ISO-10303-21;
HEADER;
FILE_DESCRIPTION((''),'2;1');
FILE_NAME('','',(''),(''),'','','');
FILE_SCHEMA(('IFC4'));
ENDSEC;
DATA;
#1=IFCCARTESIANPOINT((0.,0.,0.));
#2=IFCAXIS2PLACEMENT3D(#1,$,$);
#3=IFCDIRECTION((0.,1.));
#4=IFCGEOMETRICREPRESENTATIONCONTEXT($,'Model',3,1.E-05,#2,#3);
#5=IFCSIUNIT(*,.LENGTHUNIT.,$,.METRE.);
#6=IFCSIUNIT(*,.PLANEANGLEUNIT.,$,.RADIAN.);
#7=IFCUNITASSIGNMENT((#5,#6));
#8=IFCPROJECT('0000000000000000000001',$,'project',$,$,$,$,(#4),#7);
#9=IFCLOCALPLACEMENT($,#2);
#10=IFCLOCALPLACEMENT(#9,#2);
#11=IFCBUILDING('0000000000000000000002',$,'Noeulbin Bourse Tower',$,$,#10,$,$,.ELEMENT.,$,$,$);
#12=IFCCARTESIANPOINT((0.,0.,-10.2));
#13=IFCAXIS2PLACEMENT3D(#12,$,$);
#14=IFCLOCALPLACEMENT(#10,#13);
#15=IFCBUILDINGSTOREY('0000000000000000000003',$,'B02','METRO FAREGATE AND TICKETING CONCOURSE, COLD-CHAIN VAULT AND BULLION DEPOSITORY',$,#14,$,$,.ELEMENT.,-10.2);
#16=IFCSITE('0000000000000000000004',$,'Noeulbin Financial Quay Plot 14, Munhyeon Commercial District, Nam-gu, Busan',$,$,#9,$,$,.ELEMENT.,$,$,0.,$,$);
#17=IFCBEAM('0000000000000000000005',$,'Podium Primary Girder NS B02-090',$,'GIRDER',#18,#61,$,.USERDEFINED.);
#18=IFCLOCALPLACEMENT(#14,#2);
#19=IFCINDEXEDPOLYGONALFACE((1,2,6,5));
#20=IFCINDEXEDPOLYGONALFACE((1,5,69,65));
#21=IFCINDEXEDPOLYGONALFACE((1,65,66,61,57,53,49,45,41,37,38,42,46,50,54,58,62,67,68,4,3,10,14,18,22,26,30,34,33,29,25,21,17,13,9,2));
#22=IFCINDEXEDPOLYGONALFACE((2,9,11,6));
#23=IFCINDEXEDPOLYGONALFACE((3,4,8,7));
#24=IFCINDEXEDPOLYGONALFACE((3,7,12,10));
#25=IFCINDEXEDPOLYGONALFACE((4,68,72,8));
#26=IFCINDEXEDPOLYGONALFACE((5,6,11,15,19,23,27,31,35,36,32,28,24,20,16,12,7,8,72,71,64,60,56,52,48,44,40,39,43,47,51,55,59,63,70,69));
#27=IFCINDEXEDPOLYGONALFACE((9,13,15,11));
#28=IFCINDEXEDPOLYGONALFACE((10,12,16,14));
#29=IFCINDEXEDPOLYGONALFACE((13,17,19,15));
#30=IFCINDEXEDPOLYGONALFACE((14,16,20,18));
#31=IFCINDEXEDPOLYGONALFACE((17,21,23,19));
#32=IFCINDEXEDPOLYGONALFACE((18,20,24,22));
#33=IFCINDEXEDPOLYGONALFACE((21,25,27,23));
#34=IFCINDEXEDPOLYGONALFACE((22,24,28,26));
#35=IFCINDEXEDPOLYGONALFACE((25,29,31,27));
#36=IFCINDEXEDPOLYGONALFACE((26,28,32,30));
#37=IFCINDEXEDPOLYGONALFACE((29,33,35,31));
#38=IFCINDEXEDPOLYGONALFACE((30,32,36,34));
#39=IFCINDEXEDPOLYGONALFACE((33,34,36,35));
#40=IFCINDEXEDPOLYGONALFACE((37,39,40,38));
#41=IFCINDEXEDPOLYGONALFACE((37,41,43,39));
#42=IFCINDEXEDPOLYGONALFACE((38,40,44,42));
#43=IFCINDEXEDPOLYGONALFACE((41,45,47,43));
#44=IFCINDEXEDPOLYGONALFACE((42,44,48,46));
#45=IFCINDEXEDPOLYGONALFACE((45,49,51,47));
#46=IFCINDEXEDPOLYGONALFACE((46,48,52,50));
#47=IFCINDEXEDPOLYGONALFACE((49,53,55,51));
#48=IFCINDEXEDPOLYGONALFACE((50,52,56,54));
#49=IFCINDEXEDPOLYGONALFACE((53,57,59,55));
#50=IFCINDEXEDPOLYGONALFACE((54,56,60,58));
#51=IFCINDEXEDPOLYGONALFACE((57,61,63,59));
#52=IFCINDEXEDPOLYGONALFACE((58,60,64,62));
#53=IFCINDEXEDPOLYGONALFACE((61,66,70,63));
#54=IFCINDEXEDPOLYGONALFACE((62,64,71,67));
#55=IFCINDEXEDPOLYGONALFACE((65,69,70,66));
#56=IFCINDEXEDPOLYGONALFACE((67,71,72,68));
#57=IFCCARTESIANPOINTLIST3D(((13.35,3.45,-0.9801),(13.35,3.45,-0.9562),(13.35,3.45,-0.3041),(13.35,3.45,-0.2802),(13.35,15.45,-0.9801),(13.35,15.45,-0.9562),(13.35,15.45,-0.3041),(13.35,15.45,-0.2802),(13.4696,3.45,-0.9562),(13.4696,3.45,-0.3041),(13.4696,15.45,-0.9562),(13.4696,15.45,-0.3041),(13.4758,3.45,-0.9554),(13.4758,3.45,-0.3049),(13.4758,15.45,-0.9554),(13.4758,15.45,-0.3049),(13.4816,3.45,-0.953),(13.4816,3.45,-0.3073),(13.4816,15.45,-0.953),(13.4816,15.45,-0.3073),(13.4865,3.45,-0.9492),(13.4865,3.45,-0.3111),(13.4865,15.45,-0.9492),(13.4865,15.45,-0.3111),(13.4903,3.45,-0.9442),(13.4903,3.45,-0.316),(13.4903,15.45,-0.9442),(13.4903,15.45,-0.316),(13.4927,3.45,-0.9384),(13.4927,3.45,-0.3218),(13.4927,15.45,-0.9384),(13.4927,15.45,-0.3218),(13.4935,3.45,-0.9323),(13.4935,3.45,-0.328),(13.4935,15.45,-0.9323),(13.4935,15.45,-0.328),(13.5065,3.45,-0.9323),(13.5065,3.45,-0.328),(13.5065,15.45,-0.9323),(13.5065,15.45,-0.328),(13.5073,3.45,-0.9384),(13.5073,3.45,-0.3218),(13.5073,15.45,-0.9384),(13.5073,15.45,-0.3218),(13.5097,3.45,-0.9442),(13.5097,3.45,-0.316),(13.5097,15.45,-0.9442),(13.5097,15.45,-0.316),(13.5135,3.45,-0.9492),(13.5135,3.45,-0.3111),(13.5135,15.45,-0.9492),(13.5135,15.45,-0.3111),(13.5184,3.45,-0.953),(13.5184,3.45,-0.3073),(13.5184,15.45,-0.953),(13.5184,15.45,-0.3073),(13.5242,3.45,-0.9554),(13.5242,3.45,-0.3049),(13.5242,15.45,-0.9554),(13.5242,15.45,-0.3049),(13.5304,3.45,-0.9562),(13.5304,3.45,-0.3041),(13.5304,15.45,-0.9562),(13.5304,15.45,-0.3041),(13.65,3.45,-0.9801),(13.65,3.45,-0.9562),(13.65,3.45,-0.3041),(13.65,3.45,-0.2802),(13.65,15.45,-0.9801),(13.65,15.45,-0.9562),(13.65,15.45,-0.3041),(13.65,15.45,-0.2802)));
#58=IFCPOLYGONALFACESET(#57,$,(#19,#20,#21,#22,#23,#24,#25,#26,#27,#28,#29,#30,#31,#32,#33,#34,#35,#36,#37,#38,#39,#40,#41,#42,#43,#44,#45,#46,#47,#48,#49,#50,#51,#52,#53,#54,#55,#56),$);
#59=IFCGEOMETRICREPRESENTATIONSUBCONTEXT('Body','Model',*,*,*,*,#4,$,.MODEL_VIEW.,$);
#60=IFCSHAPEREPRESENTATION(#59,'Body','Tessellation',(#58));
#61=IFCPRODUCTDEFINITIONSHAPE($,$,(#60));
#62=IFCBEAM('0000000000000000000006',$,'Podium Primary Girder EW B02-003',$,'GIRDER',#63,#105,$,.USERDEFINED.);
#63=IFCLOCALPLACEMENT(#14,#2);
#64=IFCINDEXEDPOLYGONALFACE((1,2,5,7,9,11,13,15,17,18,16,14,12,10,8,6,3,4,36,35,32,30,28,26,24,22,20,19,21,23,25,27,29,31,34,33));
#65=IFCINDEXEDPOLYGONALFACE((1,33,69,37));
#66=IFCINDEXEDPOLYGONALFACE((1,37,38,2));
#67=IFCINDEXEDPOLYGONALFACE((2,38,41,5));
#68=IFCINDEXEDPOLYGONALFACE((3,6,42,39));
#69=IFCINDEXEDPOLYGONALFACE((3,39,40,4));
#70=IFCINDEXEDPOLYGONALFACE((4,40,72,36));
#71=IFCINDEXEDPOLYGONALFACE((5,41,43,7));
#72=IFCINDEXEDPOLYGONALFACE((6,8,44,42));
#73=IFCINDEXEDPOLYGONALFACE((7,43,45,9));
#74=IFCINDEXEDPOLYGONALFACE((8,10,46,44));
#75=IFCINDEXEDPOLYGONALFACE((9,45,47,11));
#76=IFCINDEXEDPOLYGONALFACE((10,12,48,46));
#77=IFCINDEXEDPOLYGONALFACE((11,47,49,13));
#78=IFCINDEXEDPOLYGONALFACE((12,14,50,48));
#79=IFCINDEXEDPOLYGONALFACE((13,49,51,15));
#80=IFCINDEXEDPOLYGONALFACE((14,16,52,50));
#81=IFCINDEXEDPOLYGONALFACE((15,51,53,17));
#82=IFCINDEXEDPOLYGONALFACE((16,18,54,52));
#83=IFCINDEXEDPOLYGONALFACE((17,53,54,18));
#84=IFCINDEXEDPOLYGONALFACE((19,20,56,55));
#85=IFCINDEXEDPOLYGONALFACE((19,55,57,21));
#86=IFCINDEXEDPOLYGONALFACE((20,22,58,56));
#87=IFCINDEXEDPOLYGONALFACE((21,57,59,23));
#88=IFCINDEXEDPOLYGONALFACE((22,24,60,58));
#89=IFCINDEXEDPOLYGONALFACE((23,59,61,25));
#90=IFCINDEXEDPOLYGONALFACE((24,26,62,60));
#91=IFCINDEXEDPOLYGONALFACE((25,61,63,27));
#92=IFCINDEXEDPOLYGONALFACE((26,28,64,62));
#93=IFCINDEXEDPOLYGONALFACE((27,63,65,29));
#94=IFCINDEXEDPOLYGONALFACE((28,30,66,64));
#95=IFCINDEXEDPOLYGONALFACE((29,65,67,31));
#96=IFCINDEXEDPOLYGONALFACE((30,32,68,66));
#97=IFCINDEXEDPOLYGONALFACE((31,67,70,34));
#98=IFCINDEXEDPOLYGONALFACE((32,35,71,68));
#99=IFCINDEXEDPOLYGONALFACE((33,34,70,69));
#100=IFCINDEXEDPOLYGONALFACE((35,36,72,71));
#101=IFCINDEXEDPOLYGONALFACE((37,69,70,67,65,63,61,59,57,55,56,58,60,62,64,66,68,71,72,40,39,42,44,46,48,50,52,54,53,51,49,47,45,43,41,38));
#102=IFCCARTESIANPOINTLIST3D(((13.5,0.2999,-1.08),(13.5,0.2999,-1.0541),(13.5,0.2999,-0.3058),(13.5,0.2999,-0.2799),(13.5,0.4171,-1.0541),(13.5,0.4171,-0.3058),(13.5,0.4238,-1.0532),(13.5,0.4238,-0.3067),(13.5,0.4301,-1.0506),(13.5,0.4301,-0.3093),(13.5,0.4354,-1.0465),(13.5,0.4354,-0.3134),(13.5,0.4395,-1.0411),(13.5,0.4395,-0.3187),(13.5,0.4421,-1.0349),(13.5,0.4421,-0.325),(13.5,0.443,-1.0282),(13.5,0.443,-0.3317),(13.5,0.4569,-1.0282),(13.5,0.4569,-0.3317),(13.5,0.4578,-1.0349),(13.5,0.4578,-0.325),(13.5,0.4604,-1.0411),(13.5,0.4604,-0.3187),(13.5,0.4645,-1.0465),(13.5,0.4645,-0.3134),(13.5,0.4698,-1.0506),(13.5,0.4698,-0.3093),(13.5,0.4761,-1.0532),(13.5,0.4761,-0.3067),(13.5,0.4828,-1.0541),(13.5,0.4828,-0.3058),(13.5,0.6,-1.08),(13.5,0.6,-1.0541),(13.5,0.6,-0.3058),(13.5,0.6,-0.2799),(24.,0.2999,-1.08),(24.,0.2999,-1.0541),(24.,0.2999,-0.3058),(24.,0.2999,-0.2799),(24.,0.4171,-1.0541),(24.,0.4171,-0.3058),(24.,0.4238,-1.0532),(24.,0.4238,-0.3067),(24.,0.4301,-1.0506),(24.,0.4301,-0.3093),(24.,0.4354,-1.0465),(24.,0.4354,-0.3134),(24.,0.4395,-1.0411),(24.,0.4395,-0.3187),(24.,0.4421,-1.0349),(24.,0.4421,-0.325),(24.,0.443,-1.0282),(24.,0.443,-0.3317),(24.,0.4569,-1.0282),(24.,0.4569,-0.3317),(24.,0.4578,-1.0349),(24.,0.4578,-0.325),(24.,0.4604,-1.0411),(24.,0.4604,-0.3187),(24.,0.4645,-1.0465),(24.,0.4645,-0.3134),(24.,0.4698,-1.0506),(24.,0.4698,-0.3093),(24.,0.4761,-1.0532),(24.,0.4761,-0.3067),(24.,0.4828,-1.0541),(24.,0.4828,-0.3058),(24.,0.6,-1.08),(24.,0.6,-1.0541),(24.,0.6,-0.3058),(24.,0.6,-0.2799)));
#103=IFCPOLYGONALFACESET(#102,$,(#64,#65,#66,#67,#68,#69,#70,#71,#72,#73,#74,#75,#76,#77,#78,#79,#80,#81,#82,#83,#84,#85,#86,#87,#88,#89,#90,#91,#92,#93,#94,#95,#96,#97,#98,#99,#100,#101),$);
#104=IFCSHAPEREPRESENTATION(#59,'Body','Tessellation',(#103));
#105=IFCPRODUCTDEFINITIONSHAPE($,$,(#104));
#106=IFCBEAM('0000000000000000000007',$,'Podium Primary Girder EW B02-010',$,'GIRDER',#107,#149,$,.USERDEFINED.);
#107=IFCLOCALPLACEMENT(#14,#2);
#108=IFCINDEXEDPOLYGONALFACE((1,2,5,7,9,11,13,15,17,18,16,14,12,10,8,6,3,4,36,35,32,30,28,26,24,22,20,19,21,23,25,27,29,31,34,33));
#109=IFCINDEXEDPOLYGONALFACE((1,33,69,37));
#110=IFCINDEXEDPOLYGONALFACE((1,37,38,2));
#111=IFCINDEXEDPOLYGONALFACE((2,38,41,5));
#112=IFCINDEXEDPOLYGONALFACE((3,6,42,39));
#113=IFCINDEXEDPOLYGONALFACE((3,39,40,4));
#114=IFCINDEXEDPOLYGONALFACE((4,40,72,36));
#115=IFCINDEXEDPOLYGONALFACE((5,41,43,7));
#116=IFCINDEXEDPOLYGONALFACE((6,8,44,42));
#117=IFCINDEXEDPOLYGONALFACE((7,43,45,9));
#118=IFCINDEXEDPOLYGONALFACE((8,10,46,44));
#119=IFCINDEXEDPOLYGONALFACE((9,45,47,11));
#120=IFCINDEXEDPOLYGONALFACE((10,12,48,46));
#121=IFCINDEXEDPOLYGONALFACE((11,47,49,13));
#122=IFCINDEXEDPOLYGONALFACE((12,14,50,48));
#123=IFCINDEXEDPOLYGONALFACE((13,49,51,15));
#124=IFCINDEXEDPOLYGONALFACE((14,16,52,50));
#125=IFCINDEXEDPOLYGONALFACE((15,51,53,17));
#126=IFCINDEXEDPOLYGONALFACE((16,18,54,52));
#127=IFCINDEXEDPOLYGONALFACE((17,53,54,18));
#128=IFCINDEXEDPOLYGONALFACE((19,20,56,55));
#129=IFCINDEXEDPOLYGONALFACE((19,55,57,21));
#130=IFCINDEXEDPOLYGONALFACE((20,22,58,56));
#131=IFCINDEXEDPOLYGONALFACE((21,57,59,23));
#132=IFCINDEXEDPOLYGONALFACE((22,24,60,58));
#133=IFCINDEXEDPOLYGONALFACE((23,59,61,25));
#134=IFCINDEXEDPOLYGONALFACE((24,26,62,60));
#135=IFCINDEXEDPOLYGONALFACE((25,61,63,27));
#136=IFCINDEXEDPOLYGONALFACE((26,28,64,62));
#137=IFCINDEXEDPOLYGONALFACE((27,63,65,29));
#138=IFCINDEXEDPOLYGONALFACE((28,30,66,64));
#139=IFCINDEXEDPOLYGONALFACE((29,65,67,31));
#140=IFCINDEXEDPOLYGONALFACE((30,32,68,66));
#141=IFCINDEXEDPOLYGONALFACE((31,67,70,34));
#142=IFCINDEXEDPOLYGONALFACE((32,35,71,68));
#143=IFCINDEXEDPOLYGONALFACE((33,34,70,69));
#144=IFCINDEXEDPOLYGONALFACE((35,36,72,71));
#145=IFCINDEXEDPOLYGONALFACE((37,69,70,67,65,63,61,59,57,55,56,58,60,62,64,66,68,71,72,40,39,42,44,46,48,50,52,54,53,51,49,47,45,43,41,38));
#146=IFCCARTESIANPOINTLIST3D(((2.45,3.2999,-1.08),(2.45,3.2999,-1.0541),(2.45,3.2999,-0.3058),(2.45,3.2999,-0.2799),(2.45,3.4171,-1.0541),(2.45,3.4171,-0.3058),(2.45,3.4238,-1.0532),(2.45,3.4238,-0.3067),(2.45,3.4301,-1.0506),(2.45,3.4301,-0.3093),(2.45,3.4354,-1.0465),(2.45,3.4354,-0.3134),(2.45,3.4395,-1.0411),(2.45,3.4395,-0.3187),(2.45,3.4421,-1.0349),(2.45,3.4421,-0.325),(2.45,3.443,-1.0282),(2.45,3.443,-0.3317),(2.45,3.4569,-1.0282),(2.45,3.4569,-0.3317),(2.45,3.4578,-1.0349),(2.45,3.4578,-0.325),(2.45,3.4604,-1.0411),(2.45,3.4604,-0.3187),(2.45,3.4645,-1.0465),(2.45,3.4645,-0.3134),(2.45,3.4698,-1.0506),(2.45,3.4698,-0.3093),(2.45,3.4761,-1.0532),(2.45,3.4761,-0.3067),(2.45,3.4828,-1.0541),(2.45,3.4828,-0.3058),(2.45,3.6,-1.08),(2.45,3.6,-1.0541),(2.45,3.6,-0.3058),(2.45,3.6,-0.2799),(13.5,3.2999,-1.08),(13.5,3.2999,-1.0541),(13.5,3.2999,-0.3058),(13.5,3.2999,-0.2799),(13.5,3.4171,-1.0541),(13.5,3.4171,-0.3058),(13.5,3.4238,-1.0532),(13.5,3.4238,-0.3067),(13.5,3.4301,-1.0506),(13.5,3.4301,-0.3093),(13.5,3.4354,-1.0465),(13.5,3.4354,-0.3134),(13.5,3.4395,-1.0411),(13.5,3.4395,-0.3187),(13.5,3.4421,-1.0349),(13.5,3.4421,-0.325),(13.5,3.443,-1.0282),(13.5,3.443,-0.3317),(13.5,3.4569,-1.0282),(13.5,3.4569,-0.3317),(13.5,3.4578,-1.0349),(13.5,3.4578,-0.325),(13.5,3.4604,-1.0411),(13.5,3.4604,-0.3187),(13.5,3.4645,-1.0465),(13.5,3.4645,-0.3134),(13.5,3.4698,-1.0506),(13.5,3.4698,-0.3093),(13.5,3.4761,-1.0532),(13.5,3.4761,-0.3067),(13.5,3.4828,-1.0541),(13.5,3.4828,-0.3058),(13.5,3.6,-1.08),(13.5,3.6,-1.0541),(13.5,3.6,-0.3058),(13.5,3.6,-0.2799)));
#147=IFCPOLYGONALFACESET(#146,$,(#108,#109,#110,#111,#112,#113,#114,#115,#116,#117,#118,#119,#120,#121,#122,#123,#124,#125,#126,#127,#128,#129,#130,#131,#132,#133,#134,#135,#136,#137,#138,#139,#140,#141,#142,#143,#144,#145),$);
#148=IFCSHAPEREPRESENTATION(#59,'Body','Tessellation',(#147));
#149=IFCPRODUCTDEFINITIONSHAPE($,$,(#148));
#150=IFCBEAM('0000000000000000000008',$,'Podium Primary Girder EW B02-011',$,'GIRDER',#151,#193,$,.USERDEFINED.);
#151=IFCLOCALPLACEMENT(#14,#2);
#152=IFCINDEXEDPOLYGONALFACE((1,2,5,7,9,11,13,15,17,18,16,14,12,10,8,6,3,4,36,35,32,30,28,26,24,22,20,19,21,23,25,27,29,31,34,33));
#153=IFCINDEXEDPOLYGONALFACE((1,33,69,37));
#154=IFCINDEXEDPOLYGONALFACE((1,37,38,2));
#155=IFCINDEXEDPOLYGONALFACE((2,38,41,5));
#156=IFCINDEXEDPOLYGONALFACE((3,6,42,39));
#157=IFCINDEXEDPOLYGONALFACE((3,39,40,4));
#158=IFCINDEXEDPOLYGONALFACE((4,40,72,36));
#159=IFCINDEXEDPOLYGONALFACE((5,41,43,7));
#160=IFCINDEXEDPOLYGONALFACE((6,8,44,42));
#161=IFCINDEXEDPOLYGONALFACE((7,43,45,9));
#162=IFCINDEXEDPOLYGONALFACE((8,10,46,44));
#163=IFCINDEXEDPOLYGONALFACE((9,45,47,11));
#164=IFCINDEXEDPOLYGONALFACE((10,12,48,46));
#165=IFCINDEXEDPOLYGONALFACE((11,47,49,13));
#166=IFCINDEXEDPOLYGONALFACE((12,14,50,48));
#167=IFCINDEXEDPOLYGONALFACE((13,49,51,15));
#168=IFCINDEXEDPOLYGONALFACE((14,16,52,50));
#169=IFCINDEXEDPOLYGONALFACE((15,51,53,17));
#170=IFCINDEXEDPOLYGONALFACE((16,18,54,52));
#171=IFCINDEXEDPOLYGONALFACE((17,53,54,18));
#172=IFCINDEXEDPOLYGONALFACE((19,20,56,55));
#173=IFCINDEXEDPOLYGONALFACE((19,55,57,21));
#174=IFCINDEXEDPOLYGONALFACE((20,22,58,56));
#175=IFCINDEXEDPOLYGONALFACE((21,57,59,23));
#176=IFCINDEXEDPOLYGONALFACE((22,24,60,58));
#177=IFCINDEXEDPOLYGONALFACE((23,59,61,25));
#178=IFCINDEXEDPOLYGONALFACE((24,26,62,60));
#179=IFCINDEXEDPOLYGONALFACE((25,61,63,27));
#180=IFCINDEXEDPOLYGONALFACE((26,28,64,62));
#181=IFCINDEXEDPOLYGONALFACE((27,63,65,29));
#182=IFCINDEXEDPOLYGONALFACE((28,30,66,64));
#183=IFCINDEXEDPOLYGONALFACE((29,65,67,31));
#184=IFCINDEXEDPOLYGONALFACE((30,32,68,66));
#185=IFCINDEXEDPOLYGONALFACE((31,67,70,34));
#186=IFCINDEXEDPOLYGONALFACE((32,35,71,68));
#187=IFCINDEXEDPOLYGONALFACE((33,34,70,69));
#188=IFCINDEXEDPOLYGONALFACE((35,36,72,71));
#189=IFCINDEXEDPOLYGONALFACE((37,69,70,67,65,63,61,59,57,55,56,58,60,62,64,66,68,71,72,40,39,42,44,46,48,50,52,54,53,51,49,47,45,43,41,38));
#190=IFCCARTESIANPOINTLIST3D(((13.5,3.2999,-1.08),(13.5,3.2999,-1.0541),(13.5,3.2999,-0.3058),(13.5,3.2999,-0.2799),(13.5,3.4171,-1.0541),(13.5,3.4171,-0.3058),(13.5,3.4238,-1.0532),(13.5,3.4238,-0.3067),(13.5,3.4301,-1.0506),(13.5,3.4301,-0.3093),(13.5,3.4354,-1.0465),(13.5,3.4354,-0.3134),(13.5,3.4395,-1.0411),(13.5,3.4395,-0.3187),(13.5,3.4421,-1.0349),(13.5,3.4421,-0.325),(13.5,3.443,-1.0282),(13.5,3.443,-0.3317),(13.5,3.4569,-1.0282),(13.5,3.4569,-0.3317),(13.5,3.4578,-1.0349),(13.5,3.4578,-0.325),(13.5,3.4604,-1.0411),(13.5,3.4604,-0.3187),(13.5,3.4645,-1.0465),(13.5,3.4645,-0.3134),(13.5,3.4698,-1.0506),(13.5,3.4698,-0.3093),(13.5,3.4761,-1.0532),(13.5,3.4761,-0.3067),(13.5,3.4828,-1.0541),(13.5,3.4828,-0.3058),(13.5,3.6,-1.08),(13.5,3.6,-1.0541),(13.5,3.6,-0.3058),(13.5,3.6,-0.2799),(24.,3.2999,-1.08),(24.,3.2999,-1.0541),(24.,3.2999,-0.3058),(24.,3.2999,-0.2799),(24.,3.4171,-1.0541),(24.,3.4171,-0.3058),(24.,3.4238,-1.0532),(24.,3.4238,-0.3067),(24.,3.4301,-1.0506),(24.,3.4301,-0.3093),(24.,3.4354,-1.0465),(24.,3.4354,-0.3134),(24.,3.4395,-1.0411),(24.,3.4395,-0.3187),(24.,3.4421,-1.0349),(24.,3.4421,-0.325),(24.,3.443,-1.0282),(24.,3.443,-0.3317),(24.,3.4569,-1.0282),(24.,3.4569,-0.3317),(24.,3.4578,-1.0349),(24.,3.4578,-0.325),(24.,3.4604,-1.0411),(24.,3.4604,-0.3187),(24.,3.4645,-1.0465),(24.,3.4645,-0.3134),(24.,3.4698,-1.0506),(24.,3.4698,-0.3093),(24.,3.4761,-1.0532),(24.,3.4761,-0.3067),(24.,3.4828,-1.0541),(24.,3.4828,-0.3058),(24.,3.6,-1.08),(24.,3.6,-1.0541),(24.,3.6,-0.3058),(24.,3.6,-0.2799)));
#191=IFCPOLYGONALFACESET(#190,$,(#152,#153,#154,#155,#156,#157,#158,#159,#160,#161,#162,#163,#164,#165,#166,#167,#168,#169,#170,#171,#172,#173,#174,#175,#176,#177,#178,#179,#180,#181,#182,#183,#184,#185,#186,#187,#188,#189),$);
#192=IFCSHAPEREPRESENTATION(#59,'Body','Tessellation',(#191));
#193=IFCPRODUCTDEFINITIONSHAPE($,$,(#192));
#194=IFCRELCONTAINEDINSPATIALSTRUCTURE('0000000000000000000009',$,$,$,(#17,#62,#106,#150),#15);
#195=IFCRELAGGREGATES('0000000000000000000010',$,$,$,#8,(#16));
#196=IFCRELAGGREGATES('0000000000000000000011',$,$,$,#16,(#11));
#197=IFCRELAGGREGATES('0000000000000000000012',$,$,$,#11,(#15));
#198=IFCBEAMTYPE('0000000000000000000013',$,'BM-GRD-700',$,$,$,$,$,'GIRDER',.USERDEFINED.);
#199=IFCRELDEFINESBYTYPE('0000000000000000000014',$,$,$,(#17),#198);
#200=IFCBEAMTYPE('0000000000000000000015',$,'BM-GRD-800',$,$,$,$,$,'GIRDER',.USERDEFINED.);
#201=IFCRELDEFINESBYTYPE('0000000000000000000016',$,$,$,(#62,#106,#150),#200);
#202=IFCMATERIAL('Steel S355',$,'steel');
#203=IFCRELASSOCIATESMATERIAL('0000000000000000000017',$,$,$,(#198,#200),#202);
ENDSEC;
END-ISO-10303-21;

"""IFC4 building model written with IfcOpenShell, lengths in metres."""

from ifc_helpers import new_model, si_unit, direction, frame, origin, origin_2d, place, context, subcontext, project, spatial, i_section, extrude, material, material_profile, profile_set, type_object, element, save


model = new_model("IFC4")

# Units and contexts
model_context = context("Model", 3, precision=1e-05, world=origin(), true_north=direction((0.0, 1.0)))
body_context = subcontext(model_context, "Body", "Model", "MODEL_VIEW")
ifc_project = project(units=[si_unit("LENGTHUNIT", "METRE"), si_unit("PLANEANGLEUNIT", "RADIAN")], contexts=[model_context])

# Site, building, storey
site_placement = place(None, origin())
site = spatial("IfcSite", under=ifc_project, at=site_placement, Name="Noeulbin Financial Quay Plot 14, Munhyeon Commercial District, Nam-gu, Busan", CompositionType="ELEMENT", RefElevation=0.0)
building_placement = place(site_placement, origin())
building = spatial("IfcBuilding", under=site, at=building_placement, Name="Noeulbin Bourse Tower", CompositionType="ELEMENT")
storey_placement = place(building_placement, frame((0.0, 0.0, -10.2)))
storey = spatial("IfcBuildingStorey", under=building, at=storey_placement, Name="B02", Description="METRO FAREGATE AND TICKETING CONCOURSE, COLD-CHAIN VAULT AND BULLION DEPOSITORY", CompositionType="ELEMENT", Elevation=-10.2)

# Beams
ifc_material_1 = material(Name="Steel S355", Category="steel")
ifc_material_profile_1 = material_profile(ifc_material_1, i_section(OverallWidth=0.3, OverallDepth=0.7, WebThickness=0.0129, FlangeThickness=0.0239, FilletRadius=0.0239, at=origin_2d()), Name="H-700x300x13x24", Category="LoadBearing")
ifc_profile_set_1 = profile_set([ifc_material_profile_1], Name="Steel S355")
beam_type_1 = type_object("IfcBeamType", Name="BM-GRD-700", ElementType="GIRDER", PredefinedType="USERDEFINED", material=ifc_profile_set_1)
beam_1_placement = place(storey_placement, frame((13.5, 3.45, -0.6301), z_axis=(0.0, 1.0, 0.0), x_axis=(-1.0, 0.0, 0.0)))
element("IfcBeam", 1, at=beam_1_placement, inside=storey, type_object=beam_type_1, Name="Podium Primary Girder NS B02-090", ObjectType="GIRDER", PredefinedType="USERDEFINED", context=body_context, shape_type="SweptSolid", body=[
    extrude(i_section(OverallWidth=0.3, OverallDepth=0.7, WebThickness=0.0129, FlangeThickness=0.0239, FilletRadius=0.0239, at=origin_2d()), origin(), (0.0, 0.0, 1.0), 12.0),
])
ifc_material_profile_2 = material_profile(ifc_material_1, i_section(OverallWidth=0.3, OverallDepth=0.8, WebThickness=0.0139, FlangeThickness=0.0259, FilletRadius=0.0259, at=origin_2d()), Name="H-800x300x14x26", Category="LoadBearing")
ifc_profile_set_2 = profile_set([ifc_material_profile_2], Name="Steel S355")
beam_type_2 = type_object("IfcBeamType", Name="BM-GRD-800", ElementType="GIRDER", PredefinedType="USERDEFINED", material=ifc_profile_set_2)
beam_2_placement = place(storey_placement, frame((13.5, 0.45, -0.6799), z_axis=(1.0, 0.0, 0.0), x_axis=(0.0, 1.0, 0.0)))
element("IfcBeam", 2, at=beam_2_placement, inside=storey, type_object=beam_type_2, Name="Podium Primary Girder EW B02-003", ObjectType="GIRDER", PredefinedType="USERDEFINED", context=body_context, shape_type="SweptSolid", body=[
    extrude(i_section(OverallWidth=0.3, OverallDepth=0.8, WebThickness=0.0139, FlangeThickness=0.0259, FilletRadius=0.0259, at=origin_2d()), origin(), (0.0, 0.0, 1.0), 10.5),
])
beam_3_placement = place(storey_placement, frame((2.45, 3.45, -0.6799), z_axis=(1.0, 0.0, 0.0), x_axis=(0.0, 1.0, 0.0)))
element("IfcBeam", 3, at=beam_3_placement, inside=storey, type_object=beam_type_2, Name="Podium Primary Girder EW B02-010", ObjectType="GIRDER", PredefinedType="USERDEFINED", context=body_context, shape_type="SweptSolid", body=[
    extrude(i_section(OverallWidth=0.3, OverallDepth=0.8, WebThickness=0.0139, FlangeThickness=0.0259, FilletRadius=0.0259, at=origin_2d()), origin(), (0.0, 0.0, 1.0), 11.05),
])
beam_4_placement = place(storey_placement, frame((13.5, 3.45, -0.6799), z_axis=(1.0, 0.0, 0.0), x_axis=(0.0, 1.0, 0.0)))
element("IfcBeam", 4, at=beam_4_placement, inside=storey, type_object=beam_type_2, Name="Podium Primary Girder EW B02-011", ObjectType="GIRDER", PredefinedType="USERDEFINED", context=body_context, shape_type="SweptSolid", body=[
    extrude(i_section(OverallWidth=0.3, OverallDepth=0.8, WebThickness=0.0139, FlangeThickness=0.0259, FilletRadius=0.0259, at=origin_2d()), origin(), (0.0, 0.0, 1.0), 10.5),
])

save(model, "model.ifc")
